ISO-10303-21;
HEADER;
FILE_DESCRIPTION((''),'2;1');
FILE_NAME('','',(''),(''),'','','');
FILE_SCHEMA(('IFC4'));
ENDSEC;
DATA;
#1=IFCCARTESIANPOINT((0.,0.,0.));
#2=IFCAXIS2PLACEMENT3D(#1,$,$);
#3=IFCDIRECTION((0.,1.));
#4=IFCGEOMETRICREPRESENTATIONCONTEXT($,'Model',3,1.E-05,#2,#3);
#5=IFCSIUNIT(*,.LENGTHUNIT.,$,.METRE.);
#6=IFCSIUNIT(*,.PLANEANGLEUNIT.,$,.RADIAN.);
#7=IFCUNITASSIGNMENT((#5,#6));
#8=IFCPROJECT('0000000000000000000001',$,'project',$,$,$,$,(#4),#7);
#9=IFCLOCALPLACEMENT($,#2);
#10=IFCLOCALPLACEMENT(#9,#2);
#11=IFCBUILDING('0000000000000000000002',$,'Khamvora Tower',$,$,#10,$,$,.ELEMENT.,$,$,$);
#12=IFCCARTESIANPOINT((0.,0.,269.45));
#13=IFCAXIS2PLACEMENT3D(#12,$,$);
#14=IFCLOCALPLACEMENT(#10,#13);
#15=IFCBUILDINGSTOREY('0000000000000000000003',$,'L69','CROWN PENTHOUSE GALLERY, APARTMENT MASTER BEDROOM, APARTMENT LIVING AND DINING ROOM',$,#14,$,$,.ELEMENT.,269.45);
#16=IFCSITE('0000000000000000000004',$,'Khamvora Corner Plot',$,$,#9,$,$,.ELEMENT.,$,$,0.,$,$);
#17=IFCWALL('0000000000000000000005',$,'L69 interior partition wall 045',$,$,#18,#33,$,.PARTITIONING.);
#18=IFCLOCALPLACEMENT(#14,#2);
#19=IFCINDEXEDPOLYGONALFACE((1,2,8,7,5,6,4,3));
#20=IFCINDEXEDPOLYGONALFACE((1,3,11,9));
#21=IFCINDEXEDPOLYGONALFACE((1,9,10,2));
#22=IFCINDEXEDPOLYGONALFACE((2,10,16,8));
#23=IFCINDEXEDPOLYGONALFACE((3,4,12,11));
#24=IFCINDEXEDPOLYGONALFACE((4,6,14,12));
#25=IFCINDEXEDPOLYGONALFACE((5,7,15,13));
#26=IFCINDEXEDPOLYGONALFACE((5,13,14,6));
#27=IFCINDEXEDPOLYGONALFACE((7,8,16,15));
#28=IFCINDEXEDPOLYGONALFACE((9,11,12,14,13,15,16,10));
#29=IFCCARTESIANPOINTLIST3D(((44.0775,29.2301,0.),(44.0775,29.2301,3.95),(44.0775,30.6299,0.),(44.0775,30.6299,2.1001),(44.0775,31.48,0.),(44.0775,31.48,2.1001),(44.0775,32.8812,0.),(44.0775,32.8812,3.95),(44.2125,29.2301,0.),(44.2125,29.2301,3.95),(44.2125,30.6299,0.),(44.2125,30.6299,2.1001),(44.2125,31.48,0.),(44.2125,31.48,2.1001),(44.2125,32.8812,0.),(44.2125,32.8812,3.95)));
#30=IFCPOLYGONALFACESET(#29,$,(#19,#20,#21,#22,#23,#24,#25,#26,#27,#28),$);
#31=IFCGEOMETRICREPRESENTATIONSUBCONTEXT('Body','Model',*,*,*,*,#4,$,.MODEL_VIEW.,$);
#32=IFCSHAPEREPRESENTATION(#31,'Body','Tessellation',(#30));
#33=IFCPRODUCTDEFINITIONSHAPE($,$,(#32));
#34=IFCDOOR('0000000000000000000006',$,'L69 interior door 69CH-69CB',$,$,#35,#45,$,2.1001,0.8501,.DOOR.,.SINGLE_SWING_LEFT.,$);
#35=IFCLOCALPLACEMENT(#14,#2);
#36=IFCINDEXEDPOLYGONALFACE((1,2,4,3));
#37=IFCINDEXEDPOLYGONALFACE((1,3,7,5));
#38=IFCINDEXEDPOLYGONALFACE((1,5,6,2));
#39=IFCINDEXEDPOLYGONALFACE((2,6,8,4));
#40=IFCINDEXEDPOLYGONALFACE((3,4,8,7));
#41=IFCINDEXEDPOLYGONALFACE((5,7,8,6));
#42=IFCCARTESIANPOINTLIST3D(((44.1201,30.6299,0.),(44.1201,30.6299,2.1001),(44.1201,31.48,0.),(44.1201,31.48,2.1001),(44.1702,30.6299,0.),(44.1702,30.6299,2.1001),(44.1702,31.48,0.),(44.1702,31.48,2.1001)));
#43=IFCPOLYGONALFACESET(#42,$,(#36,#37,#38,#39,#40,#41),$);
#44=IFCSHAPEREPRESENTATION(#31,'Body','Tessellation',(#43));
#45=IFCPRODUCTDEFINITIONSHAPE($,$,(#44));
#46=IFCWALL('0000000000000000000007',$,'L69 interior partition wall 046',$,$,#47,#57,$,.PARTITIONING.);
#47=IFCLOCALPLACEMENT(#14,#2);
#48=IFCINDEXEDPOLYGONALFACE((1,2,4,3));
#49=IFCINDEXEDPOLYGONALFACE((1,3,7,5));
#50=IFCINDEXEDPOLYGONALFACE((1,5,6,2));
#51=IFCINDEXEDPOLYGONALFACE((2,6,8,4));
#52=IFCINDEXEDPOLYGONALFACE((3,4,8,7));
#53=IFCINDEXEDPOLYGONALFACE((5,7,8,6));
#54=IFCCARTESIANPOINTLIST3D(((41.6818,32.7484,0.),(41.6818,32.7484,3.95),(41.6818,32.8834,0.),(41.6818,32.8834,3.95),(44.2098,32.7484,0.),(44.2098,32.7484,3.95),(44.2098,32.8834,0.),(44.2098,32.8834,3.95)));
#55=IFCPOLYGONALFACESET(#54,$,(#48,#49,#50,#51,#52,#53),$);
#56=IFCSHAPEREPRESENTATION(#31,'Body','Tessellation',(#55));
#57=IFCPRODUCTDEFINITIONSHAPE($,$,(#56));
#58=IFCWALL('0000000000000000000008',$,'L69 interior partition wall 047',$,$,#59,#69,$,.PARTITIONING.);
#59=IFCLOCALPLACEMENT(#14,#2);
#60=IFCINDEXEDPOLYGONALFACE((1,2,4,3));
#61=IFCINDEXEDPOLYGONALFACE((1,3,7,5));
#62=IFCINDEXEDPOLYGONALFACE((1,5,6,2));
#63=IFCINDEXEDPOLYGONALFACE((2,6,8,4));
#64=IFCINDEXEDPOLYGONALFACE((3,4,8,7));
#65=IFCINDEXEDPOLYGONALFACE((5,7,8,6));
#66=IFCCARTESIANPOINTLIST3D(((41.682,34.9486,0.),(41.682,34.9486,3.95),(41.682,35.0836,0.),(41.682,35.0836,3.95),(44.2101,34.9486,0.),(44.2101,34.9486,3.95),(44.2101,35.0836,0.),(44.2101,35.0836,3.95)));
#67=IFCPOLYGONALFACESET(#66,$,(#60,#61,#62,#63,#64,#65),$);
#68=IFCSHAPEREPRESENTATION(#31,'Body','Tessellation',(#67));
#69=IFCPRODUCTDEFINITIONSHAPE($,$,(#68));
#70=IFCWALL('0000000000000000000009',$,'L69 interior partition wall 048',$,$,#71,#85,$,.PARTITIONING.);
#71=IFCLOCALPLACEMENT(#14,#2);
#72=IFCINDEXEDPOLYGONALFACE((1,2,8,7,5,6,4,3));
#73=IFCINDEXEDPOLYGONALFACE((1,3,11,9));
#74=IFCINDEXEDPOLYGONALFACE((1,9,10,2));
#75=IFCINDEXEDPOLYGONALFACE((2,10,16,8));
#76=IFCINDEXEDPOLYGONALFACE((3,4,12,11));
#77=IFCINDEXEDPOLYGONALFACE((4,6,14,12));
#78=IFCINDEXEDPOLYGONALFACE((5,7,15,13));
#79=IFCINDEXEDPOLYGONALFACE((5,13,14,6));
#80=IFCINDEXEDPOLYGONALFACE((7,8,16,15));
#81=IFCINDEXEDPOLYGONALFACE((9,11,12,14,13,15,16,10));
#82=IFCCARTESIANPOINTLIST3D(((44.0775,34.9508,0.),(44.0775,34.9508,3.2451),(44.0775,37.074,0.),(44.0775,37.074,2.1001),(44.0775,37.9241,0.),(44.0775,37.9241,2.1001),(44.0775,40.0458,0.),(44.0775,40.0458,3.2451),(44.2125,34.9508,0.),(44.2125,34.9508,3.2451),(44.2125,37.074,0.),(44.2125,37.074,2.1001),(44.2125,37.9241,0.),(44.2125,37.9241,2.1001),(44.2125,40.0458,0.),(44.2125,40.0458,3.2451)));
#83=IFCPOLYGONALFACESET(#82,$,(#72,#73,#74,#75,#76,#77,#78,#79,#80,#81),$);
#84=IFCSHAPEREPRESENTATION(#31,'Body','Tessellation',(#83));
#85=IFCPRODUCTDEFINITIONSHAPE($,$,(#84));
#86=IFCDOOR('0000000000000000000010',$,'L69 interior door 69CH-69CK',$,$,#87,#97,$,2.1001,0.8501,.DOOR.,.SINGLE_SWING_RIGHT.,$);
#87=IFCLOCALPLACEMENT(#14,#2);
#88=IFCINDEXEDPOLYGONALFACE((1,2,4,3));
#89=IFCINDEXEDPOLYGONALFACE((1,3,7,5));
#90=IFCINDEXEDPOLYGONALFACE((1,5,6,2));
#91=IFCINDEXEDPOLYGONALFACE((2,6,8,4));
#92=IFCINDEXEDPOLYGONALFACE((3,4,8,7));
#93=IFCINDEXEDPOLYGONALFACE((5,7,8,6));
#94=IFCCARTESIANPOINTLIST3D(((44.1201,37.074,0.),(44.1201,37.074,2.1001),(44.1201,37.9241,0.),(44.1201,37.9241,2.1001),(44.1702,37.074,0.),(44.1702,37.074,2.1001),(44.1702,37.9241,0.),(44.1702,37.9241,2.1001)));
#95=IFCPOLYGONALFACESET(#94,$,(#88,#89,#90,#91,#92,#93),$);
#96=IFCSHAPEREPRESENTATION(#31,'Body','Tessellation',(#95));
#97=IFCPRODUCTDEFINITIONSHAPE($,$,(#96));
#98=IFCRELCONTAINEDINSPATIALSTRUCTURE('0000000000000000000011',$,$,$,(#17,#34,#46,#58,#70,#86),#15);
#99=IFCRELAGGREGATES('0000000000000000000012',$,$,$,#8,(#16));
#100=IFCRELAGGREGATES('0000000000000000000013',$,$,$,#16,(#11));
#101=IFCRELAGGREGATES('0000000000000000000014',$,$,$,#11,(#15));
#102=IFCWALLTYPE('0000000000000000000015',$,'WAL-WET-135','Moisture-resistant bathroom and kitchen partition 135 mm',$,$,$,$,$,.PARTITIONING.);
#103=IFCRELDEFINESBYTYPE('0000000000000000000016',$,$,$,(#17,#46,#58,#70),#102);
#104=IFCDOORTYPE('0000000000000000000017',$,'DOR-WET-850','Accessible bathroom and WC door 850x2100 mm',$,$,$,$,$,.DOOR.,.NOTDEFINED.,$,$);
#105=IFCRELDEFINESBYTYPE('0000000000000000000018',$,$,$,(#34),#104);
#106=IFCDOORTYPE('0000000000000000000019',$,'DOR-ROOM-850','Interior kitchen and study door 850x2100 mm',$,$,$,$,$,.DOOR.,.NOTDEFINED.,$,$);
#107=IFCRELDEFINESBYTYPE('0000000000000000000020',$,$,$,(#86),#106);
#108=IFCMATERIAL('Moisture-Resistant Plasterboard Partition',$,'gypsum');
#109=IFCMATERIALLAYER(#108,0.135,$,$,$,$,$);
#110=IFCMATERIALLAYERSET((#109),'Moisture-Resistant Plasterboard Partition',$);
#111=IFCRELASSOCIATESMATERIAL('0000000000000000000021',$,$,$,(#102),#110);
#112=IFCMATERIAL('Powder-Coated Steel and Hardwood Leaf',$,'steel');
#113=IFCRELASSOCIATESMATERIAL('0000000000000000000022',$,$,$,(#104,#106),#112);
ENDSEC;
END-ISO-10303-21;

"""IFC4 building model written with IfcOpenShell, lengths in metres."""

from ifc_helpers import new_model, si_unit, direction, frame, frame_2d, origin, place, context, subcontext, project, spatial, rectangle, extrude, material, layer, layer_set, type_object, element, fill, save


model = new_model("IFC4")

# Units and contexts
model_context = context("Model", 3, precision=1e-05, world=origin(), true_north=direction((0.0, 1.0)))
body_context = subcontext(model_context, "Body", "Model", "MODEL_VIEW")
ifc_project = project(units=[si_unit("LENGTHUNIT", "METRE"), si_unit("PLANEANGLEUNIT", "RADIAN")], contexts=[model_context])

# Site, building, storey
site_placement = place(None, origin())
site = spatial("IfcSite", under=ifc_project, at=site_placement, Name="Khamvora Corner Plot", CompositionType="ELEMENT", RefElevation=0.0)
building_placement = place(site_placement, origin())
building = spatial("IfcBuilding", under=site, at=building_placement, Name="Khamvora Tower", CompositionType="ELEMENT")
storey_placement = place(building_placement, frame((0.0, 0.0, 269.45)))
storey = spatial("IfcBuildingStorey", under=building, at=storey_placement, Name="L69", Description="CROWN PENTHOUSE GALLERY, APARTMENT MASTER BEDROOM, APARTMENT LIVING AND DINING ROOM", CompositionType="ELEMENT", Elevation=269.45)

# Shared definitions
ifc_material_1 = material(Name="Powder-Coated Steel and Hardwood Leaf", Category="steel")

# Wall, opening, door
ifc_material_2 = material(Name="Moisture-Resistant Plasterboard Partition", Category="gypsum")
ifc_layer_1 = layer(ifc_material_2, 0.135)
ifc_layer_set_1 = layer_set([ifc_layer_1], Name="Moisture-Resistant Plasterboard Partition")
wall_type_1 = type_object("IfcWallType", Name="WAL-WET-135", Description="Moisture-resistant bathroom and kitchen partition 135 mm", PredefinedType="PARTITIONING", material=ifc_layer_set_1)
wall_1_placement = place(storey_placement, frame((44.145, 29.23, 0.0), z_axis=(0.0, 0.0, 1.0), x_axis=(0.0, 1.0, 0.0)))
wall_1 = element("IfcWall", 1, at=wall_1_placement, inside=storey, type_object=wall_type_1, Name="L69 interior partition wall 045", PredefinedType="PARTITIONING", context=body_context, shape_type="SweptSolid", body=[
    extrude(rectangle(XDim=3.6511, YDim=0.135, at=frame_2d((1.8257, 0.0))), origin(), (0.0, 0.0, 1.0), 3.95),
])
opening_1_placement = place(wall_1_placement, frame((1.3999, 0.0, 0.0)))
opening_1 = element("IfcOpeningElement", 2, at=opening_1_placement, cuts=wall_1, PredefinedType="OPENING", context=body_context, shape_type="SweptSolid", body=[
    extrude(rectangle(XDim=0.8501, YDim=2.1001, at=frame_2d((0.425, 1.05))), frame((0.0, 0.0774, 0.0), z_axis=(0.0, -1.0, 0.0), x_axis=(1.0, 0.0, 0.0)), (0.0, 0.0, 1.0), 0.155),
])
door_type_1 = type_object("IfcDoorType", Name="DOR-WET-850", Description="Accessible bathroom and WC door 850x2100 mm", OperationType="NOTDEFINED", PredefinedType="DOOR", material=ifc_material_1)
door_1_placement = place(opening_1_placement, origin())
door_1 = element("IfcDoor", 3, at=door_1_placement, inside=storey, type_object=door_type_1, Name="L69 interior door 69CH-69CB", OperationType="SINGLE_SWING_LEFT", OverallHeight=2.1001, OverallWidth=0.8501, PredefinedType="DOOR", context=body_context, shape_type="SweptSolid", body=[
    extrude(rectangle(XDim=0.8501, YDim=2.1001, at=frame_2d((0.425, 1.05))), frame((0.0, 0.0249, 0.0), z_axis=(0.0, -1.0, 0.0), x_axis=(1.0, 0.0, 0.0)), (0.0, 0.0, 1.0), 0.05),
])
fill(opening_1, door_1)

# Walls
for number, where, z_axis, x_axis, name in (
    (4, (44.21, 32.8159, 0.0), (0.0, 0.0, 1.0), (-1.0, 0.0, 0.0), "L69 interior partition wall 046"),
    (5, (41.6819, 35.0161, 0.0), (0.0, 0.0, 1.0), (1.0, 0.0, 0.0), "L69 interior partition wall 047"),
):
    element("IfcWall", number, at=place(storey_placement, frame(where, z_axis=z_axis, x_axis=x_axis)), inside=storey, type_object=wall_type_1, Name=name, PredefinedType="PARTITIONING", context=body_context, shape_type="SweptSolid", body=[
        extrude(rectangle(XDim=2.5281, YDim=0.135, at=frame_2d((1.2642, 0.0))), origin(), (0.0, 0.0, 1.0), 3.95),
    ])

# Wall, opening, door
wall_2_placement = place(storey_placement, frame((44.145, 34.9509, 0.0), z_axis=(0.0, 0.0, 1.0), x_axis=(0.0, 1.0, 0.0)))
wall_2 = element("IfcWall", 6, at=wall_2_placement, inside=storey, type_object=wall_type_1, Name="L69 interior partition wall 048", PredefinedType="PARTITIONING", context=body_context, shape_type="SweptSolid", body=[
    extrude(rectangle(XDim=5.095, YDim=0.135, at=frame_2d((2.5474, 0.0))), origin(), (0.0, 0.0, 1.0), 3.2451),
])
opening_2_placement = place(wall_2_placement, frame((2.123, 0.0, 0.0)))
opening_2 = element("IfcOpeningElement", 7, at=opening_2_placement, cuts=wall_2, PredefinedType="OPENING", context=body_context, shape_type="SweptSolid", body=[
    extrude(rectangle(XDim=0.8501, YDim=2.1001, at=frame_2d((0.425, 1.05))), frame((0.0, 0.0774, 0.0), z_axis=(0.0, -1.0, 0.0), x_axis=(1.0, 0.0, 0.0)), (0.0, 0.0, 1.0), 0.155),
])
door_type_2 = type_object("IfcDoorType", Name="DOR-ROOM-850", Description="Interior kitchen and study door 850x2100 mm", OperationType="NOTDEFINED", PredefinedType="DOOR", material=ifc_material_1)
door_2_placement = place(opening_2_placement, origin())
door_2 = element("IfcDoor", 8, at=door_2_placement, inside=storey, type_object=door_type_2, Name="L69 interior door 69CH-69CK", OperationType="SINGLE_SWING_RIGHT", OverallHeight=2.1001, OverallWidth=0.8501, PredefinedType="DOOR", context=body_context, shape_type="SweptSolid", body=[
    extrude(rectangle(XDim=0.8501, YDim=2.1001, at=frame_2d((0.425, 1.05))), frame((0.0, 0.0249, 0.0), z_axis=(0.0, -1.0, 0.0), x_axis=(1.0, 0.0, 0.0)), (0.0, 0.0, 1.0), 0.05),
])
fill(opening_2, door_2)

save(model, "model.ifc")
